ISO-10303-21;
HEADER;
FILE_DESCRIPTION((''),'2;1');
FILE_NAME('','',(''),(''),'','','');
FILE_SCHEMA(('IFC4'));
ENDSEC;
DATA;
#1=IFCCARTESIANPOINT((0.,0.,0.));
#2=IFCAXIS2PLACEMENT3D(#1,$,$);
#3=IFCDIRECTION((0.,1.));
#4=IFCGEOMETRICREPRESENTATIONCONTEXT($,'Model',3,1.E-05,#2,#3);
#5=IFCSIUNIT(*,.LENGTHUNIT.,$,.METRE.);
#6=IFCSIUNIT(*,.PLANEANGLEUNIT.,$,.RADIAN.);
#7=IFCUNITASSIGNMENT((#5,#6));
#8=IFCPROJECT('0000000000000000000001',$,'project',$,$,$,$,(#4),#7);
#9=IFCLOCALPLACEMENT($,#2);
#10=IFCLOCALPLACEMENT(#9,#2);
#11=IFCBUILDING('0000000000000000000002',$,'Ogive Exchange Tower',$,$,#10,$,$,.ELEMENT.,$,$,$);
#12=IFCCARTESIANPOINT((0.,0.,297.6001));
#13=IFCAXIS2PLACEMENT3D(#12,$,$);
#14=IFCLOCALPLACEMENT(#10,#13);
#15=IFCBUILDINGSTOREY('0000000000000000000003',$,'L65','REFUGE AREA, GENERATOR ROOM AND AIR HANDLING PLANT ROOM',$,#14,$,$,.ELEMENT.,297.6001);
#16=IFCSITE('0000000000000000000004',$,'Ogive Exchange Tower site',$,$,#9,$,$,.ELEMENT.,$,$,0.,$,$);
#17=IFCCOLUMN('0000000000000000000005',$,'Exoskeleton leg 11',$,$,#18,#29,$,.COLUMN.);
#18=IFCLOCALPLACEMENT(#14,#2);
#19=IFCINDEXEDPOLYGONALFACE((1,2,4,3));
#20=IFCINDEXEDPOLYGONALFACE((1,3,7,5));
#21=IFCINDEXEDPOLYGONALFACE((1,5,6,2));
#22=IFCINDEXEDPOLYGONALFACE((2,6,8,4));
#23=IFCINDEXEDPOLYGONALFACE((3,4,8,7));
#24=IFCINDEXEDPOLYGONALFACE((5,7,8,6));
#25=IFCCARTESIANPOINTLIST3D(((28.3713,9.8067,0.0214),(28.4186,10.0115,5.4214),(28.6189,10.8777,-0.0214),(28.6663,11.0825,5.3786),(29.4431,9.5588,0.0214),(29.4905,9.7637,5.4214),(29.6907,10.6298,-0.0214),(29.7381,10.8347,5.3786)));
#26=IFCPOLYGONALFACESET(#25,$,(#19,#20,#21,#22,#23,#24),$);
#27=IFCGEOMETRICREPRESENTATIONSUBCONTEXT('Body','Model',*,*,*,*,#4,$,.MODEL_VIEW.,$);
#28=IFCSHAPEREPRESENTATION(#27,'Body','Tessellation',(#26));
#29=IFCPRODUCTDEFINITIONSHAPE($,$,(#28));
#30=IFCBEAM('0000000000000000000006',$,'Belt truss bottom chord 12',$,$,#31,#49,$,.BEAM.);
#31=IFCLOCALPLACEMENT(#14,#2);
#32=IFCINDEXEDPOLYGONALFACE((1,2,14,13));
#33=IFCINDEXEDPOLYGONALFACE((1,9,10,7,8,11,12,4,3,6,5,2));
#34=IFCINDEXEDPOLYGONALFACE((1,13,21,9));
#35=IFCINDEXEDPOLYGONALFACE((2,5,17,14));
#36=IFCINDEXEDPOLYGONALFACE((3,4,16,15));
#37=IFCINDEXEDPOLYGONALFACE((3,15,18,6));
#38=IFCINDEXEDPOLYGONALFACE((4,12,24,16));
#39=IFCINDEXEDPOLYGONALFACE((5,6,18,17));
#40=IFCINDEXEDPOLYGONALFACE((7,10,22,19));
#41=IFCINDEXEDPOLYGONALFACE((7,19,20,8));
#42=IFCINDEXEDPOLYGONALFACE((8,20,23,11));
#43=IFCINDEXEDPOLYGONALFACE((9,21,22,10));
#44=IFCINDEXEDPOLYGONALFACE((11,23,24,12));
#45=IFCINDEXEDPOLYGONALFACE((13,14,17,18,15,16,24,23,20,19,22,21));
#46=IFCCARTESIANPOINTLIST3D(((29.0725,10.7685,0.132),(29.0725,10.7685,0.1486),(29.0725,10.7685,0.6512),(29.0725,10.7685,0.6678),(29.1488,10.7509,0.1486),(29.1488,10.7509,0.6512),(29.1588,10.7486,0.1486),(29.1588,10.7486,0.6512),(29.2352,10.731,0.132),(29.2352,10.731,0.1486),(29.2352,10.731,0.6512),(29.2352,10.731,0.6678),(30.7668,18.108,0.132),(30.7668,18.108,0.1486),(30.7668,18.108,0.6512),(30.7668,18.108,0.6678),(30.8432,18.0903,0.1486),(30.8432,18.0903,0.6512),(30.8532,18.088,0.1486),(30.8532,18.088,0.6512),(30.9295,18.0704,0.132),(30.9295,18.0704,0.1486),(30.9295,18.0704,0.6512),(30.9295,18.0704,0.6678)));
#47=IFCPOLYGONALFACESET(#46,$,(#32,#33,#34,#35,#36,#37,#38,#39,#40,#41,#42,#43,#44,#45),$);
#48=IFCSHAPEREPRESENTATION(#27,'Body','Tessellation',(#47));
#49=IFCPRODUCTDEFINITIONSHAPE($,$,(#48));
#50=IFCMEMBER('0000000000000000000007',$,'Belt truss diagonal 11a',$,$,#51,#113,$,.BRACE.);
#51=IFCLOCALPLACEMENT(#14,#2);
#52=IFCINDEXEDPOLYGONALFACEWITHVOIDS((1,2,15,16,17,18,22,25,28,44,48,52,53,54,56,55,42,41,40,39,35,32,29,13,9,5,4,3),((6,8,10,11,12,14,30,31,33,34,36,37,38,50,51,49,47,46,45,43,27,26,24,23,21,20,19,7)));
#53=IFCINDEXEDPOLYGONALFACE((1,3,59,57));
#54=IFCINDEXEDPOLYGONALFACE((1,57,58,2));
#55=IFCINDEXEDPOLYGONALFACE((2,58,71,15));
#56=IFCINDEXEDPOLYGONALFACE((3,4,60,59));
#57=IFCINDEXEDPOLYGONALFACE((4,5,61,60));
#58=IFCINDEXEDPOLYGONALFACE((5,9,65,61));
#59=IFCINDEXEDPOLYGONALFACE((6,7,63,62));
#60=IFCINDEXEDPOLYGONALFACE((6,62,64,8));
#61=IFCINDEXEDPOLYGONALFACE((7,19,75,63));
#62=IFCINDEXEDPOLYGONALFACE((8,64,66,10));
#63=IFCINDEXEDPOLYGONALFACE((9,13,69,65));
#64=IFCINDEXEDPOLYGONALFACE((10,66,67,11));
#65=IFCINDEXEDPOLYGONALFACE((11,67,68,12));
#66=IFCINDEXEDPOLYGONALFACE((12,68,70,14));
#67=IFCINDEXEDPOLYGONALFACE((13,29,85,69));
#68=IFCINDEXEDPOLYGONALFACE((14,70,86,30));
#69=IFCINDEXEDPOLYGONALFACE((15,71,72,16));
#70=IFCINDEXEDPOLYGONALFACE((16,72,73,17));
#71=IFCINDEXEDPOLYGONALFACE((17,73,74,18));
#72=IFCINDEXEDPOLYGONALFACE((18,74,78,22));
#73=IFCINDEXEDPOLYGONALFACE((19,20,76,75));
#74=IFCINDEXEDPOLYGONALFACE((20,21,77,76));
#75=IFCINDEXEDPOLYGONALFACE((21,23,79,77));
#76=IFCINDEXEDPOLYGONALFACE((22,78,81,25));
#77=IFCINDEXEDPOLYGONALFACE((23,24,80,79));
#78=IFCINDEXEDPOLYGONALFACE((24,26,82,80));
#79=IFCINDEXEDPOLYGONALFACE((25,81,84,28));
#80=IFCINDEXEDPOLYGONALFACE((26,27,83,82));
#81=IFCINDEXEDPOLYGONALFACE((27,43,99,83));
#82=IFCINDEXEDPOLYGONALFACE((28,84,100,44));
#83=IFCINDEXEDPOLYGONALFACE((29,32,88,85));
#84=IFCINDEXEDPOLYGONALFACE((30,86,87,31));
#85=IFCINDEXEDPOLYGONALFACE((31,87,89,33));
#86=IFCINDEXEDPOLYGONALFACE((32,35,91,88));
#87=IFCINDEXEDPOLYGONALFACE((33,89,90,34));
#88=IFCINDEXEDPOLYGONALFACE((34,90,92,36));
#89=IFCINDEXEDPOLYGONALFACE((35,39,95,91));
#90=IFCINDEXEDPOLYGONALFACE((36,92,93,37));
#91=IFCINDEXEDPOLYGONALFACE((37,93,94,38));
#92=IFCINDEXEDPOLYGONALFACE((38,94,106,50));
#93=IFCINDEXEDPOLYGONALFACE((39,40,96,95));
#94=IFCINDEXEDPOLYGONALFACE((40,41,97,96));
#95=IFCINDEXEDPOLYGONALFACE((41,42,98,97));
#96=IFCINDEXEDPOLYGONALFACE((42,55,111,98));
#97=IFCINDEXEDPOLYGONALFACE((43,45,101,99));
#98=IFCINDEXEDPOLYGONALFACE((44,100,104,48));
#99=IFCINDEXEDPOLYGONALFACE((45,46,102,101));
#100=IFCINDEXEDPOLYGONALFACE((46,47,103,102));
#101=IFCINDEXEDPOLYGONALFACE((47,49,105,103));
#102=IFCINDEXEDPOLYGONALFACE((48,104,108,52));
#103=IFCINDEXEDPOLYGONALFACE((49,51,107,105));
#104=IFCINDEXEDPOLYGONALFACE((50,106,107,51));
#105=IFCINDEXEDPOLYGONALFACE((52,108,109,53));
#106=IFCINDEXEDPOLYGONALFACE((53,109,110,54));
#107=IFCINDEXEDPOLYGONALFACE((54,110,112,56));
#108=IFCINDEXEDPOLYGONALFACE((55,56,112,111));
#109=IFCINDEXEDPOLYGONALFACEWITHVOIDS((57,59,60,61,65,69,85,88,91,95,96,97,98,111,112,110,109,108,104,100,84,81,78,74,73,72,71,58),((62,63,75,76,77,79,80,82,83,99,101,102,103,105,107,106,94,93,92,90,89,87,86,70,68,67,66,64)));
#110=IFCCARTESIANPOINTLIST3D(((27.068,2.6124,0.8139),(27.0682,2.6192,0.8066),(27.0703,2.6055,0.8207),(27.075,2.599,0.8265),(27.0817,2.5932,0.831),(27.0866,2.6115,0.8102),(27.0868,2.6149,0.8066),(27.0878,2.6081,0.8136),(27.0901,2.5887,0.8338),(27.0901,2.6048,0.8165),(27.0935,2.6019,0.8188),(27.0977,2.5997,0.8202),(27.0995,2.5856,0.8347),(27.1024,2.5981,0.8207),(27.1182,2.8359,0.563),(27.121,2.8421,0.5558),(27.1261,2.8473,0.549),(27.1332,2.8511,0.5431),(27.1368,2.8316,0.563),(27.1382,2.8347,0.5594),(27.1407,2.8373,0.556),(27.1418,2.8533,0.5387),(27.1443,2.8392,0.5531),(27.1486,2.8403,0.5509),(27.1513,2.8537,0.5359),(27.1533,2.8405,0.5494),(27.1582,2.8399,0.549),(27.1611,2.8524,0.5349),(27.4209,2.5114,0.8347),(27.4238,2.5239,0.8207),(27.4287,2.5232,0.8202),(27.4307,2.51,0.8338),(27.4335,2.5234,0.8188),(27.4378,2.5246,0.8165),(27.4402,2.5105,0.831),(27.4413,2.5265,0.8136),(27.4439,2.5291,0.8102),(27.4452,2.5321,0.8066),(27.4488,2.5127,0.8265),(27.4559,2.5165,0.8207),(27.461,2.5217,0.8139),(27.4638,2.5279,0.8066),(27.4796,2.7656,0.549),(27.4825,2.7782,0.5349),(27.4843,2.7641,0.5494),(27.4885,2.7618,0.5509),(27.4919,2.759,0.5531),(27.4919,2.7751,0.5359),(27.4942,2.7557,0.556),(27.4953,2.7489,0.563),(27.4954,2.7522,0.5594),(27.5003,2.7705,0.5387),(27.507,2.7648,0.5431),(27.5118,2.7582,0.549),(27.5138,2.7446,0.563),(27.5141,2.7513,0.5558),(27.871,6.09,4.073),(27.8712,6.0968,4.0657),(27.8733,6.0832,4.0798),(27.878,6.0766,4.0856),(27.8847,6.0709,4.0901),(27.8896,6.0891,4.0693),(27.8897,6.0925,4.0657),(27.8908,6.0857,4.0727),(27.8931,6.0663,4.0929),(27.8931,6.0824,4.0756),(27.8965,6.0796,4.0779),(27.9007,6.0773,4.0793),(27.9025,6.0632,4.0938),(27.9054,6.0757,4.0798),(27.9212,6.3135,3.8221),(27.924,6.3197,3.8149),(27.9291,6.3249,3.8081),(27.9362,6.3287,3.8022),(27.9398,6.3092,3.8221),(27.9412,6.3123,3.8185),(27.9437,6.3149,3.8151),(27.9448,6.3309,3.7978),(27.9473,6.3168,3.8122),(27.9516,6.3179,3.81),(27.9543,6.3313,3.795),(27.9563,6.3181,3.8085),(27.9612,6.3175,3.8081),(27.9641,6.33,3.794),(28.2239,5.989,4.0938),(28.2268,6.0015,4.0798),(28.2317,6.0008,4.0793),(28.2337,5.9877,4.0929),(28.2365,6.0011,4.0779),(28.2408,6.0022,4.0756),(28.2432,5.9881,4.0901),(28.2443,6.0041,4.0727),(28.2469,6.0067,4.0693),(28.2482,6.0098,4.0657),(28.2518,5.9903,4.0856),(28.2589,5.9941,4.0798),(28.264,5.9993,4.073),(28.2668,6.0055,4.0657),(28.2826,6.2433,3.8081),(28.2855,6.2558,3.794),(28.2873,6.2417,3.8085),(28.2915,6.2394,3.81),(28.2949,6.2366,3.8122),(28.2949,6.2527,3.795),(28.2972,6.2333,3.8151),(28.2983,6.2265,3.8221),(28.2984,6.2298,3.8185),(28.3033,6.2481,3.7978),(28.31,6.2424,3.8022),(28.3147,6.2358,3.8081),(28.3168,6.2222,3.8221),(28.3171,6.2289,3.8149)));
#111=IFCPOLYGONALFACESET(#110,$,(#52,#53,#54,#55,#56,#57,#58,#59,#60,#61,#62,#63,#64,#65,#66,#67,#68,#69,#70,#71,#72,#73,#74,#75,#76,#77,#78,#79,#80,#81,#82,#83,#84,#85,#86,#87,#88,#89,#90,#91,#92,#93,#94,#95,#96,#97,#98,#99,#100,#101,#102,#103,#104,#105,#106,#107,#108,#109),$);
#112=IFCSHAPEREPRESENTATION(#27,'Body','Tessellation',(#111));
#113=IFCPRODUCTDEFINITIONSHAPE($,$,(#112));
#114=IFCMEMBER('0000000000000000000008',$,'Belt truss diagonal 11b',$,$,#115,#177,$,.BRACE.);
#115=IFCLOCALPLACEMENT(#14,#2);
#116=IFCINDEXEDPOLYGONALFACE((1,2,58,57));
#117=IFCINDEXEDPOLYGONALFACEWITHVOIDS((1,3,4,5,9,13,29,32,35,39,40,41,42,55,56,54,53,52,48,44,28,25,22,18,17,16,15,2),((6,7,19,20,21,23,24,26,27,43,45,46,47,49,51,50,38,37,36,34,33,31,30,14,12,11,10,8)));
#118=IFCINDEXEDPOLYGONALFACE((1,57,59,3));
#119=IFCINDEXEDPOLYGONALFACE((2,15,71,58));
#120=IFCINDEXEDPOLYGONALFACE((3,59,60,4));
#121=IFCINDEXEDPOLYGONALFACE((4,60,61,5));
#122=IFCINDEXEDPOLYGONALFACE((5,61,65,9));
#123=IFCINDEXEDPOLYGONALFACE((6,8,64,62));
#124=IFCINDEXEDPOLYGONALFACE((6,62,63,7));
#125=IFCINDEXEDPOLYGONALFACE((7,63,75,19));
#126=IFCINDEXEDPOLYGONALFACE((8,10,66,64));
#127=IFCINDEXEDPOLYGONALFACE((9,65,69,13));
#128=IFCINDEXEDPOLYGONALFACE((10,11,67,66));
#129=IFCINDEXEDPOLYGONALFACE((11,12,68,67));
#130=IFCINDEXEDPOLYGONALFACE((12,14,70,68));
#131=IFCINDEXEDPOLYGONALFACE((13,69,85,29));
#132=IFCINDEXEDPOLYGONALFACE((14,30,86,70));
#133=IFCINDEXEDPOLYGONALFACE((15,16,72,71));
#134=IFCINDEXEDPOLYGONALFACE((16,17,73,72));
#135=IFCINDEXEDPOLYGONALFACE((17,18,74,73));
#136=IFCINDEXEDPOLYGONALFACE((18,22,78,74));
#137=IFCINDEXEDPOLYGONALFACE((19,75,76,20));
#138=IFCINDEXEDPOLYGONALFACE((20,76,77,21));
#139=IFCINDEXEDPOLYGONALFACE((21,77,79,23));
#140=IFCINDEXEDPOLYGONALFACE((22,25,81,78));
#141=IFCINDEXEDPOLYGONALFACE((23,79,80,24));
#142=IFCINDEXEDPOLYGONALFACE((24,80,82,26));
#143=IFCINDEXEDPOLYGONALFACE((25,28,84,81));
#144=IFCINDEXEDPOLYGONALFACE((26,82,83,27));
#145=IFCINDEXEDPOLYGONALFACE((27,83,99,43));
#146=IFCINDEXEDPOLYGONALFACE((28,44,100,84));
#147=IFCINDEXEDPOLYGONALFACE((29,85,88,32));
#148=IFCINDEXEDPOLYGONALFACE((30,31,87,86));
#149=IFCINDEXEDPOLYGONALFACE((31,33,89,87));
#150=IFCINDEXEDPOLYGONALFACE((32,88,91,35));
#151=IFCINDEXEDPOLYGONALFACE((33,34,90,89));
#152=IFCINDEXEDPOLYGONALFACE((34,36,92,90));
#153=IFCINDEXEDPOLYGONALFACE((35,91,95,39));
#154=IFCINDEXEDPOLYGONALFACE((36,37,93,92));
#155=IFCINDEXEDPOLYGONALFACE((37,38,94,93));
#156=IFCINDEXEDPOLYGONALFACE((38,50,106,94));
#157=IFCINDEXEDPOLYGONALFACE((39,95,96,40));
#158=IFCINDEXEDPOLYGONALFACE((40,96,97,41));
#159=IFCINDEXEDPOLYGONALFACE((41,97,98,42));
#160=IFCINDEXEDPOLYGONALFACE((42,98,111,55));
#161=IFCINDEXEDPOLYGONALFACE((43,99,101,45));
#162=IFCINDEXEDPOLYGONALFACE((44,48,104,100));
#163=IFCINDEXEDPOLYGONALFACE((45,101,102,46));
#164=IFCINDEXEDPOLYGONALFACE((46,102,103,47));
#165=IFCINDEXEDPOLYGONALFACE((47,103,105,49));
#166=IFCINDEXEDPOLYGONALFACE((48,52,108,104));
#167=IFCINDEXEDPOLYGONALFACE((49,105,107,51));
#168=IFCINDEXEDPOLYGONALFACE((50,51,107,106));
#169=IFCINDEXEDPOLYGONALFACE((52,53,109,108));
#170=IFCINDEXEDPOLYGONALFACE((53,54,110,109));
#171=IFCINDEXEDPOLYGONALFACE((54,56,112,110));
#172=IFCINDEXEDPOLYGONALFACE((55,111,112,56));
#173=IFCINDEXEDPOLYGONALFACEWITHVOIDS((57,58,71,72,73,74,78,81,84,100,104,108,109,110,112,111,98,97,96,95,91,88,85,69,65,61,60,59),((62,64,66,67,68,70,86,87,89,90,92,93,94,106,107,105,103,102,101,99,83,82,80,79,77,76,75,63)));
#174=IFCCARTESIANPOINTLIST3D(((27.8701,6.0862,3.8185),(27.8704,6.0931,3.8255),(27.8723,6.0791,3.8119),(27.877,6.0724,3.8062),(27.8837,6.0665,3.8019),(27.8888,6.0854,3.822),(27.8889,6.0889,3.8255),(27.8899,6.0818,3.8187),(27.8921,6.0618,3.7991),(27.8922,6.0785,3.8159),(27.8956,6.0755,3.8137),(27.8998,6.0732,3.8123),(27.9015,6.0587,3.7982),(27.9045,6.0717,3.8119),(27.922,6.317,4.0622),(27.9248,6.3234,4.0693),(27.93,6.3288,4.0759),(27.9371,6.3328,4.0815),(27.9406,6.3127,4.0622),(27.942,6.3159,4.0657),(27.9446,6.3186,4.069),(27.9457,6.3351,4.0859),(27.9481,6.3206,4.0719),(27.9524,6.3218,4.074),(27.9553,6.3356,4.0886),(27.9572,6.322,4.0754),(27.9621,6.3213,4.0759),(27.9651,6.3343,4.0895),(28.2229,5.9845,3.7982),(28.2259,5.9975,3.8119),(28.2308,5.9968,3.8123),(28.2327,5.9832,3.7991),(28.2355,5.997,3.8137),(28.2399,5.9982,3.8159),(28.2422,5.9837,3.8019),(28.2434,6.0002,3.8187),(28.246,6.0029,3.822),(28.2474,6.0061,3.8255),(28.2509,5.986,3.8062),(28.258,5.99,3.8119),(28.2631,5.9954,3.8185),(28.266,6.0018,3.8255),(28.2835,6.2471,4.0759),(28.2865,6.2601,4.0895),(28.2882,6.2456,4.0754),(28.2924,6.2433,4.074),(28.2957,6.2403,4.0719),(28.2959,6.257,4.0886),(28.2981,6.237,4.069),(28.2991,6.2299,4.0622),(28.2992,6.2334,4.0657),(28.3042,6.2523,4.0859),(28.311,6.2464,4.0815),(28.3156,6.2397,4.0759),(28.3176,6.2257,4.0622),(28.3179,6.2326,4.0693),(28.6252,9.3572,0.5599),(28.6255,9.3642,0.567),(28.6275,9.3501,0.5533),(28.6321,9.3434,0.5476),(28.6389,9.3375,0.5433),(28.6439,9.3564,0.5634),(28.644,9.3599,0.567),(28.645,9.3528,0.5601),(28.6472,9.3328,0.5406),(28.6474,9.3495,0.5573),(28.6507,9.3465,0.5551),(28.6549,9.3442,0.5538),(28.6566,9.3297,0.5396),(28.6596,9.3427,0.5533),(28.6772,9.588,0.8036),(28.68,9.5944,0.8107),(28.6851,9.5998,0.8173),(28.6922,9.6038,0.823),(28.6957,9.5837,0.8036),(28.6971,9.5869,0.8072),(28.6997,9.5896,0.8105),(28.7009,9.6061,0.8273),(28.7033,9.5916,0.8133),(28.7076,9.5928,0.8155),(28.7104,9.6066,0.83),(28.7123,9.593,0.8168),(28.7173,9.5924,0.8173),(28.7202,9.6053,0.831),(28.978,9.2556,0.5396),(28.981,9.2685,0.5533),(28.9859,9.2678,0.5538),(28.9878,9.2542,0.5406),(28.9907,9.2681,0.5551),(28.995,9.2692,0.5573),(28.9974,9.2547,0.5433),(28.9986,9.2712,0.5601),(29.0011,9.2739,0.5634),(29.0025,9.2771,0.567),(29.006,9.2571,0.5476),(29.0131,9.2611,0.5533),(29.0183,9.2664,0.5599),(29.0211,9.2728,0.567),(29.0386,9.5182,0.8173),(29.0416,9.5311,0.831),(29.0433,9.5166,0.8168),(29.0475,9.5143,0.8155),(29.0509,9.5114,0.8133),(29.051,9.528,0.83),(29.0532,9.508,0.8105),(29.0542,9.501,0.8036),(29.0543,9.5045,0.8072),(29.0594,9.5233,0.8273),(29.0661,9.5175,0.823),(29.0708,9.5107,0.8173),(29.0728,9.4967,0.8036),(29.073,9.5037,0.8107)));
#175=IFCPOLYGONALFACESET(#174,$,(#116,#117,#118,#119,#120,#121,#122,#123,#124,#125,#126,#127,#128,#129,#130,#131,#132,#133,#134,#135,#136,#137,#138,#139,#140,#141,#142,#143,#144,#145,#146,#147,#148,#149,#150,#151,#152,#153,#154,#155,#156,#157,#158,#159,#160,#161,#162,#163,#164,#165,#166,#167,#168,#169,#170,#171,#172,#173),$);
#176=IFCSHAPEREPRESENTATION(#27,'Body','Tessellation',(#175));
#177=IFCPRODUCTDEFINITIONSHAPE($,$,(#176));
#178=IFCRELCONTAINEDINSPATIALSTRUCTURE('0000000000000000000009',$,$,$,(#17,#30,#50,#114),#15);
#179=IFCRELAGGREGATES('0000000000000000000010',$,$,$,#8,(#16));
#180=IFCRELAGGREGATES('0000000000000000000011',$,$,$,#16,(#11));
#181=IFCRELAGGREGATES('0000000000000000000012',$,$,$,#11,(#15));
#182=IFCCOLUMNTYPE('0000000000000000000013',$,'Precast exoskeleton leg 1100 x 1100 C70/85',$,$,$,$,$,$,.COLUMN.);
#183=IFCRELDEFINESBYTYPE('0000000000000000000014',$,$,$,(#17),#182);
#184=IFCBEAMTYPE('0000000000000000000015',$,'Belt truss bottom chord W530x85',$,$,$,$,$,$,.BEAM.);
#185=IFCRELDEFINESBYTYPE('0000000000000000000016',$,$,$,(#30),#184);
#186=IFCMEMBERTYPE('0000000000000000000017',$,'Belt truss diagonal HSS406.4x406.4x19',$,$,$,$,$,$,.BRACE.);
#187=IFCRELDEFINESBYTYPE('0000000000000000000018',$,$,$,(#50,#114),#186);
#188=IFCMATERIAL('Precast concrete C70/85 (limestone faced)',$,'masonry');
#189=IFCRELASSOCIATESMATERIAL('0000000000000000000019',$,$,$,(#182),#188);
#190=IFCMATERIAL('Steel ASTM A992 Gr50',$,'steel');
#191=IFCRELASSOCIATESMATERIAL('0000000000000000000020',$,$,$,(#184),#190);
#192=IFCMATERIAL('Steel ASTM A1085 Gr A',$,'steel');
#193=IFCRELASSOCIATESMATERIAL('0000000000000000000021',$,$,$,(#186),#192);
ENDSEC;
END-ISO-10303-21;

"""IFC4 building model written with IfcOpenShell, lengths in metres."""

from ifc_helpers import new_model, si_unit, direction, frame, origin, origin_2d, place, context, subcontext, project, spatial, rectangle, hollow_rectangle, i_section, extrude, material, material_profile, profile_set, type_object, element, save


model = new_model("IFC4")

# Units and contexts
model_context = context("Model", 3, precision=1e-05, world=origin(), true_north=direction((0.0, 1.0)))
body_context = subcontext(model_context, "Body", "Model", "MODEL_VIEW")
ifc_project = project(units=[si_unit("LENGTHUNIT", "METRE"), si_unit("PLANEANGLEUNIT", "RADIAN")], contexts=[model_context])

# Site, building, storey
site_placement = place(None, origin())
site = spatial("IfcSite", under=ifc_project, at=site_placement, Name="Ogive Exchange Tower site", CompositionType="ELEMENT", RefElevation=0.0)
building_placement = place(site_placement, origin())
building = spatial("IfcBuilding", under=site, at=building_placement, Name="Ogive Exchange Tower", CompositionType="ELEMENT")
storey_placement = place(building_placement, frame((0.0, 0.0, 297.6001)))
storey = spatial("IfcBuildingStorey", under=building, at=storey_placement, Name="L65", Description="REFUGE AREA, GENERATOR ROOM AND AIR HANDLING PLANT ROOM", CompositionType="ELEMENT", Elevation=297.6001)

# Column
ifc_material_1 = material(Name="Precast concrete C70/85 (limestone faced)", Category="masonry")
ifc_material_profile_1 = material_profile(ifc_material_1, rectangle(XDim=1.1001, YDim=1.1001, at=origin_2d()), Name="1100 x 1100")
ifc_profile_set_1 = profile_set([ifc_material_profile_1], Name="Precast concrete C70/85 (limestone faced)")
column_type = type_object("IfcColumnType", Name="Precast exoskeleton leg 1100 x 1100 C70/85", PredefinedType="COLUMN", material=ifc_profile_set_1)
column_placement = place(storey_placement, frame((29.031, 10.2183, 0.0), z_axis=(0.008764, 0.037904, 0.999243), x_axis=(-0.974293, 0.225284, 0.0)))
element("IfcColumn", 1, at=column_placement, inside=storey, type_object=column_type, Name="Exoskeleton leg 11", PredefinedType="COLUMN", context=body_context, shape_type="SweptSolid", body=[
    extrude(rectangle(XDim=1.1001, YDim=1.1001, at=origin_2d()), origin(), (0.0, 0.0, 1.0), 5.4041),
])

# Beam
ifc_material_2 = material(Name="Steel ASTM A992 Gr50", Category="steel")
ifc_material_profile_2 = material_profile(ifc_material_2, i_section(OverallWidth=0.167, OverallDepth=0.5359, WebThickness=0.0103, FlangeThickness=0.0166, at=origin_2d()), Name="W530x85")
ifc_profile_set_2 = profile_set([ifc_material_profile_2], Name="Steel ASTM A992 Gr50")
beam_type_1 = type_object("IfcBeamType", Name="Belt truss bottom chord W530x85", PredefinedType="BEAM", material=ifc_profile_set_2)
beam_1_placement = place(storey_placement, frame((29.1538, 10.7498, 0.3999), z_axis=(0.22494, 0.974373, 0.0), x_axis=(-0.974373, 0.22494, 0.0)))
element("IfcBeam", 2, at=beam_1_placement, inside=storey, type_object=beam_type_1, Name="Belt truss bottom chord 12", PredefinedType="BEAM", context=body_context, shape_type="SweptSolid", body=[
    extrude(i_section(OverallWidth=0.167, OverallDepth=0.5359, WebThickness=0.0103, FlangeThickness=0.0166, at=origin_2d()), origin(), (0.0, 0.0, 1.0), 7.5325),
])

# Members
ifc_material_3 = material(Name="Steel ASTM A1085 Gr A", Category="steel")
ifc_material_profile_3 = material_profile(ifc_material_3, hollow_rectangle(XDim=0.406, YDim=0.406, WallThickness=0.019, InnerFilletRadius=0.019, OuterFilletRadius=0.0381, at=origin_2d()), Name="HSS406.4x406.4x19")
ifc_profile_set_3 = profile_set([ifc_material_profile_3], Name="Steel ASTM A1085 Gr A")
member_type_1 = type_object("IfcMemberType", Name="Belt truss diagonal HSS406.4x406.4x19", PredefinedType="BRACE", material=ifc_profile_set_3)
member_1_placement = place(storey_placement, frame((27.291, 2.6819, 0.6848), z_axis=(0.16614, 0.719518, 0.674308), x_axis=(-0.974362, 0.224984, 0.0)))
element("IfcMember", 3, at=member_1_placement, inside=storey, type_object=member_type_1, Name="Belt truss diagonal 11a", PredefinedType="BRACE", context=body_context, shape_type="SweptSolid", body=[
    extrude(hollow_rectangle(XDim=0.406, YDim=0.406, WallThickness=0.019, InnerFilletRadius=0.019, OuterFilletRadius=0.0381, at=origin_2d()), origin(), (0.0, 0.0, 1.0), 4.8333),
])
member_2_placement = place(storey_placement, frame((28.8491, 9.4304, 0.6853), z_axis=(-0.161406, -0.699165, 0.696503), x_axis=(0.974373, -0.224939, 0.0)))
element("IfcMember", 4, at=member_2_placement, inside=storey, type_object=member_type_1, Name="Belt truss diagonal 11b", PredefinedType="BRACE", context=body_context, shape_type="SweptSolid", body=[
    extrude(hollow_rectangle(XDim=0.406, YDim=0.406, WallThickness=0.019, InnerFilletRadius=0.019, OuterFilletRadius=0.0381, at=origin_2d()), origin(), (0.0, 0.0, 1.0), 4.6785),
])

save(model, "model.ifc")
